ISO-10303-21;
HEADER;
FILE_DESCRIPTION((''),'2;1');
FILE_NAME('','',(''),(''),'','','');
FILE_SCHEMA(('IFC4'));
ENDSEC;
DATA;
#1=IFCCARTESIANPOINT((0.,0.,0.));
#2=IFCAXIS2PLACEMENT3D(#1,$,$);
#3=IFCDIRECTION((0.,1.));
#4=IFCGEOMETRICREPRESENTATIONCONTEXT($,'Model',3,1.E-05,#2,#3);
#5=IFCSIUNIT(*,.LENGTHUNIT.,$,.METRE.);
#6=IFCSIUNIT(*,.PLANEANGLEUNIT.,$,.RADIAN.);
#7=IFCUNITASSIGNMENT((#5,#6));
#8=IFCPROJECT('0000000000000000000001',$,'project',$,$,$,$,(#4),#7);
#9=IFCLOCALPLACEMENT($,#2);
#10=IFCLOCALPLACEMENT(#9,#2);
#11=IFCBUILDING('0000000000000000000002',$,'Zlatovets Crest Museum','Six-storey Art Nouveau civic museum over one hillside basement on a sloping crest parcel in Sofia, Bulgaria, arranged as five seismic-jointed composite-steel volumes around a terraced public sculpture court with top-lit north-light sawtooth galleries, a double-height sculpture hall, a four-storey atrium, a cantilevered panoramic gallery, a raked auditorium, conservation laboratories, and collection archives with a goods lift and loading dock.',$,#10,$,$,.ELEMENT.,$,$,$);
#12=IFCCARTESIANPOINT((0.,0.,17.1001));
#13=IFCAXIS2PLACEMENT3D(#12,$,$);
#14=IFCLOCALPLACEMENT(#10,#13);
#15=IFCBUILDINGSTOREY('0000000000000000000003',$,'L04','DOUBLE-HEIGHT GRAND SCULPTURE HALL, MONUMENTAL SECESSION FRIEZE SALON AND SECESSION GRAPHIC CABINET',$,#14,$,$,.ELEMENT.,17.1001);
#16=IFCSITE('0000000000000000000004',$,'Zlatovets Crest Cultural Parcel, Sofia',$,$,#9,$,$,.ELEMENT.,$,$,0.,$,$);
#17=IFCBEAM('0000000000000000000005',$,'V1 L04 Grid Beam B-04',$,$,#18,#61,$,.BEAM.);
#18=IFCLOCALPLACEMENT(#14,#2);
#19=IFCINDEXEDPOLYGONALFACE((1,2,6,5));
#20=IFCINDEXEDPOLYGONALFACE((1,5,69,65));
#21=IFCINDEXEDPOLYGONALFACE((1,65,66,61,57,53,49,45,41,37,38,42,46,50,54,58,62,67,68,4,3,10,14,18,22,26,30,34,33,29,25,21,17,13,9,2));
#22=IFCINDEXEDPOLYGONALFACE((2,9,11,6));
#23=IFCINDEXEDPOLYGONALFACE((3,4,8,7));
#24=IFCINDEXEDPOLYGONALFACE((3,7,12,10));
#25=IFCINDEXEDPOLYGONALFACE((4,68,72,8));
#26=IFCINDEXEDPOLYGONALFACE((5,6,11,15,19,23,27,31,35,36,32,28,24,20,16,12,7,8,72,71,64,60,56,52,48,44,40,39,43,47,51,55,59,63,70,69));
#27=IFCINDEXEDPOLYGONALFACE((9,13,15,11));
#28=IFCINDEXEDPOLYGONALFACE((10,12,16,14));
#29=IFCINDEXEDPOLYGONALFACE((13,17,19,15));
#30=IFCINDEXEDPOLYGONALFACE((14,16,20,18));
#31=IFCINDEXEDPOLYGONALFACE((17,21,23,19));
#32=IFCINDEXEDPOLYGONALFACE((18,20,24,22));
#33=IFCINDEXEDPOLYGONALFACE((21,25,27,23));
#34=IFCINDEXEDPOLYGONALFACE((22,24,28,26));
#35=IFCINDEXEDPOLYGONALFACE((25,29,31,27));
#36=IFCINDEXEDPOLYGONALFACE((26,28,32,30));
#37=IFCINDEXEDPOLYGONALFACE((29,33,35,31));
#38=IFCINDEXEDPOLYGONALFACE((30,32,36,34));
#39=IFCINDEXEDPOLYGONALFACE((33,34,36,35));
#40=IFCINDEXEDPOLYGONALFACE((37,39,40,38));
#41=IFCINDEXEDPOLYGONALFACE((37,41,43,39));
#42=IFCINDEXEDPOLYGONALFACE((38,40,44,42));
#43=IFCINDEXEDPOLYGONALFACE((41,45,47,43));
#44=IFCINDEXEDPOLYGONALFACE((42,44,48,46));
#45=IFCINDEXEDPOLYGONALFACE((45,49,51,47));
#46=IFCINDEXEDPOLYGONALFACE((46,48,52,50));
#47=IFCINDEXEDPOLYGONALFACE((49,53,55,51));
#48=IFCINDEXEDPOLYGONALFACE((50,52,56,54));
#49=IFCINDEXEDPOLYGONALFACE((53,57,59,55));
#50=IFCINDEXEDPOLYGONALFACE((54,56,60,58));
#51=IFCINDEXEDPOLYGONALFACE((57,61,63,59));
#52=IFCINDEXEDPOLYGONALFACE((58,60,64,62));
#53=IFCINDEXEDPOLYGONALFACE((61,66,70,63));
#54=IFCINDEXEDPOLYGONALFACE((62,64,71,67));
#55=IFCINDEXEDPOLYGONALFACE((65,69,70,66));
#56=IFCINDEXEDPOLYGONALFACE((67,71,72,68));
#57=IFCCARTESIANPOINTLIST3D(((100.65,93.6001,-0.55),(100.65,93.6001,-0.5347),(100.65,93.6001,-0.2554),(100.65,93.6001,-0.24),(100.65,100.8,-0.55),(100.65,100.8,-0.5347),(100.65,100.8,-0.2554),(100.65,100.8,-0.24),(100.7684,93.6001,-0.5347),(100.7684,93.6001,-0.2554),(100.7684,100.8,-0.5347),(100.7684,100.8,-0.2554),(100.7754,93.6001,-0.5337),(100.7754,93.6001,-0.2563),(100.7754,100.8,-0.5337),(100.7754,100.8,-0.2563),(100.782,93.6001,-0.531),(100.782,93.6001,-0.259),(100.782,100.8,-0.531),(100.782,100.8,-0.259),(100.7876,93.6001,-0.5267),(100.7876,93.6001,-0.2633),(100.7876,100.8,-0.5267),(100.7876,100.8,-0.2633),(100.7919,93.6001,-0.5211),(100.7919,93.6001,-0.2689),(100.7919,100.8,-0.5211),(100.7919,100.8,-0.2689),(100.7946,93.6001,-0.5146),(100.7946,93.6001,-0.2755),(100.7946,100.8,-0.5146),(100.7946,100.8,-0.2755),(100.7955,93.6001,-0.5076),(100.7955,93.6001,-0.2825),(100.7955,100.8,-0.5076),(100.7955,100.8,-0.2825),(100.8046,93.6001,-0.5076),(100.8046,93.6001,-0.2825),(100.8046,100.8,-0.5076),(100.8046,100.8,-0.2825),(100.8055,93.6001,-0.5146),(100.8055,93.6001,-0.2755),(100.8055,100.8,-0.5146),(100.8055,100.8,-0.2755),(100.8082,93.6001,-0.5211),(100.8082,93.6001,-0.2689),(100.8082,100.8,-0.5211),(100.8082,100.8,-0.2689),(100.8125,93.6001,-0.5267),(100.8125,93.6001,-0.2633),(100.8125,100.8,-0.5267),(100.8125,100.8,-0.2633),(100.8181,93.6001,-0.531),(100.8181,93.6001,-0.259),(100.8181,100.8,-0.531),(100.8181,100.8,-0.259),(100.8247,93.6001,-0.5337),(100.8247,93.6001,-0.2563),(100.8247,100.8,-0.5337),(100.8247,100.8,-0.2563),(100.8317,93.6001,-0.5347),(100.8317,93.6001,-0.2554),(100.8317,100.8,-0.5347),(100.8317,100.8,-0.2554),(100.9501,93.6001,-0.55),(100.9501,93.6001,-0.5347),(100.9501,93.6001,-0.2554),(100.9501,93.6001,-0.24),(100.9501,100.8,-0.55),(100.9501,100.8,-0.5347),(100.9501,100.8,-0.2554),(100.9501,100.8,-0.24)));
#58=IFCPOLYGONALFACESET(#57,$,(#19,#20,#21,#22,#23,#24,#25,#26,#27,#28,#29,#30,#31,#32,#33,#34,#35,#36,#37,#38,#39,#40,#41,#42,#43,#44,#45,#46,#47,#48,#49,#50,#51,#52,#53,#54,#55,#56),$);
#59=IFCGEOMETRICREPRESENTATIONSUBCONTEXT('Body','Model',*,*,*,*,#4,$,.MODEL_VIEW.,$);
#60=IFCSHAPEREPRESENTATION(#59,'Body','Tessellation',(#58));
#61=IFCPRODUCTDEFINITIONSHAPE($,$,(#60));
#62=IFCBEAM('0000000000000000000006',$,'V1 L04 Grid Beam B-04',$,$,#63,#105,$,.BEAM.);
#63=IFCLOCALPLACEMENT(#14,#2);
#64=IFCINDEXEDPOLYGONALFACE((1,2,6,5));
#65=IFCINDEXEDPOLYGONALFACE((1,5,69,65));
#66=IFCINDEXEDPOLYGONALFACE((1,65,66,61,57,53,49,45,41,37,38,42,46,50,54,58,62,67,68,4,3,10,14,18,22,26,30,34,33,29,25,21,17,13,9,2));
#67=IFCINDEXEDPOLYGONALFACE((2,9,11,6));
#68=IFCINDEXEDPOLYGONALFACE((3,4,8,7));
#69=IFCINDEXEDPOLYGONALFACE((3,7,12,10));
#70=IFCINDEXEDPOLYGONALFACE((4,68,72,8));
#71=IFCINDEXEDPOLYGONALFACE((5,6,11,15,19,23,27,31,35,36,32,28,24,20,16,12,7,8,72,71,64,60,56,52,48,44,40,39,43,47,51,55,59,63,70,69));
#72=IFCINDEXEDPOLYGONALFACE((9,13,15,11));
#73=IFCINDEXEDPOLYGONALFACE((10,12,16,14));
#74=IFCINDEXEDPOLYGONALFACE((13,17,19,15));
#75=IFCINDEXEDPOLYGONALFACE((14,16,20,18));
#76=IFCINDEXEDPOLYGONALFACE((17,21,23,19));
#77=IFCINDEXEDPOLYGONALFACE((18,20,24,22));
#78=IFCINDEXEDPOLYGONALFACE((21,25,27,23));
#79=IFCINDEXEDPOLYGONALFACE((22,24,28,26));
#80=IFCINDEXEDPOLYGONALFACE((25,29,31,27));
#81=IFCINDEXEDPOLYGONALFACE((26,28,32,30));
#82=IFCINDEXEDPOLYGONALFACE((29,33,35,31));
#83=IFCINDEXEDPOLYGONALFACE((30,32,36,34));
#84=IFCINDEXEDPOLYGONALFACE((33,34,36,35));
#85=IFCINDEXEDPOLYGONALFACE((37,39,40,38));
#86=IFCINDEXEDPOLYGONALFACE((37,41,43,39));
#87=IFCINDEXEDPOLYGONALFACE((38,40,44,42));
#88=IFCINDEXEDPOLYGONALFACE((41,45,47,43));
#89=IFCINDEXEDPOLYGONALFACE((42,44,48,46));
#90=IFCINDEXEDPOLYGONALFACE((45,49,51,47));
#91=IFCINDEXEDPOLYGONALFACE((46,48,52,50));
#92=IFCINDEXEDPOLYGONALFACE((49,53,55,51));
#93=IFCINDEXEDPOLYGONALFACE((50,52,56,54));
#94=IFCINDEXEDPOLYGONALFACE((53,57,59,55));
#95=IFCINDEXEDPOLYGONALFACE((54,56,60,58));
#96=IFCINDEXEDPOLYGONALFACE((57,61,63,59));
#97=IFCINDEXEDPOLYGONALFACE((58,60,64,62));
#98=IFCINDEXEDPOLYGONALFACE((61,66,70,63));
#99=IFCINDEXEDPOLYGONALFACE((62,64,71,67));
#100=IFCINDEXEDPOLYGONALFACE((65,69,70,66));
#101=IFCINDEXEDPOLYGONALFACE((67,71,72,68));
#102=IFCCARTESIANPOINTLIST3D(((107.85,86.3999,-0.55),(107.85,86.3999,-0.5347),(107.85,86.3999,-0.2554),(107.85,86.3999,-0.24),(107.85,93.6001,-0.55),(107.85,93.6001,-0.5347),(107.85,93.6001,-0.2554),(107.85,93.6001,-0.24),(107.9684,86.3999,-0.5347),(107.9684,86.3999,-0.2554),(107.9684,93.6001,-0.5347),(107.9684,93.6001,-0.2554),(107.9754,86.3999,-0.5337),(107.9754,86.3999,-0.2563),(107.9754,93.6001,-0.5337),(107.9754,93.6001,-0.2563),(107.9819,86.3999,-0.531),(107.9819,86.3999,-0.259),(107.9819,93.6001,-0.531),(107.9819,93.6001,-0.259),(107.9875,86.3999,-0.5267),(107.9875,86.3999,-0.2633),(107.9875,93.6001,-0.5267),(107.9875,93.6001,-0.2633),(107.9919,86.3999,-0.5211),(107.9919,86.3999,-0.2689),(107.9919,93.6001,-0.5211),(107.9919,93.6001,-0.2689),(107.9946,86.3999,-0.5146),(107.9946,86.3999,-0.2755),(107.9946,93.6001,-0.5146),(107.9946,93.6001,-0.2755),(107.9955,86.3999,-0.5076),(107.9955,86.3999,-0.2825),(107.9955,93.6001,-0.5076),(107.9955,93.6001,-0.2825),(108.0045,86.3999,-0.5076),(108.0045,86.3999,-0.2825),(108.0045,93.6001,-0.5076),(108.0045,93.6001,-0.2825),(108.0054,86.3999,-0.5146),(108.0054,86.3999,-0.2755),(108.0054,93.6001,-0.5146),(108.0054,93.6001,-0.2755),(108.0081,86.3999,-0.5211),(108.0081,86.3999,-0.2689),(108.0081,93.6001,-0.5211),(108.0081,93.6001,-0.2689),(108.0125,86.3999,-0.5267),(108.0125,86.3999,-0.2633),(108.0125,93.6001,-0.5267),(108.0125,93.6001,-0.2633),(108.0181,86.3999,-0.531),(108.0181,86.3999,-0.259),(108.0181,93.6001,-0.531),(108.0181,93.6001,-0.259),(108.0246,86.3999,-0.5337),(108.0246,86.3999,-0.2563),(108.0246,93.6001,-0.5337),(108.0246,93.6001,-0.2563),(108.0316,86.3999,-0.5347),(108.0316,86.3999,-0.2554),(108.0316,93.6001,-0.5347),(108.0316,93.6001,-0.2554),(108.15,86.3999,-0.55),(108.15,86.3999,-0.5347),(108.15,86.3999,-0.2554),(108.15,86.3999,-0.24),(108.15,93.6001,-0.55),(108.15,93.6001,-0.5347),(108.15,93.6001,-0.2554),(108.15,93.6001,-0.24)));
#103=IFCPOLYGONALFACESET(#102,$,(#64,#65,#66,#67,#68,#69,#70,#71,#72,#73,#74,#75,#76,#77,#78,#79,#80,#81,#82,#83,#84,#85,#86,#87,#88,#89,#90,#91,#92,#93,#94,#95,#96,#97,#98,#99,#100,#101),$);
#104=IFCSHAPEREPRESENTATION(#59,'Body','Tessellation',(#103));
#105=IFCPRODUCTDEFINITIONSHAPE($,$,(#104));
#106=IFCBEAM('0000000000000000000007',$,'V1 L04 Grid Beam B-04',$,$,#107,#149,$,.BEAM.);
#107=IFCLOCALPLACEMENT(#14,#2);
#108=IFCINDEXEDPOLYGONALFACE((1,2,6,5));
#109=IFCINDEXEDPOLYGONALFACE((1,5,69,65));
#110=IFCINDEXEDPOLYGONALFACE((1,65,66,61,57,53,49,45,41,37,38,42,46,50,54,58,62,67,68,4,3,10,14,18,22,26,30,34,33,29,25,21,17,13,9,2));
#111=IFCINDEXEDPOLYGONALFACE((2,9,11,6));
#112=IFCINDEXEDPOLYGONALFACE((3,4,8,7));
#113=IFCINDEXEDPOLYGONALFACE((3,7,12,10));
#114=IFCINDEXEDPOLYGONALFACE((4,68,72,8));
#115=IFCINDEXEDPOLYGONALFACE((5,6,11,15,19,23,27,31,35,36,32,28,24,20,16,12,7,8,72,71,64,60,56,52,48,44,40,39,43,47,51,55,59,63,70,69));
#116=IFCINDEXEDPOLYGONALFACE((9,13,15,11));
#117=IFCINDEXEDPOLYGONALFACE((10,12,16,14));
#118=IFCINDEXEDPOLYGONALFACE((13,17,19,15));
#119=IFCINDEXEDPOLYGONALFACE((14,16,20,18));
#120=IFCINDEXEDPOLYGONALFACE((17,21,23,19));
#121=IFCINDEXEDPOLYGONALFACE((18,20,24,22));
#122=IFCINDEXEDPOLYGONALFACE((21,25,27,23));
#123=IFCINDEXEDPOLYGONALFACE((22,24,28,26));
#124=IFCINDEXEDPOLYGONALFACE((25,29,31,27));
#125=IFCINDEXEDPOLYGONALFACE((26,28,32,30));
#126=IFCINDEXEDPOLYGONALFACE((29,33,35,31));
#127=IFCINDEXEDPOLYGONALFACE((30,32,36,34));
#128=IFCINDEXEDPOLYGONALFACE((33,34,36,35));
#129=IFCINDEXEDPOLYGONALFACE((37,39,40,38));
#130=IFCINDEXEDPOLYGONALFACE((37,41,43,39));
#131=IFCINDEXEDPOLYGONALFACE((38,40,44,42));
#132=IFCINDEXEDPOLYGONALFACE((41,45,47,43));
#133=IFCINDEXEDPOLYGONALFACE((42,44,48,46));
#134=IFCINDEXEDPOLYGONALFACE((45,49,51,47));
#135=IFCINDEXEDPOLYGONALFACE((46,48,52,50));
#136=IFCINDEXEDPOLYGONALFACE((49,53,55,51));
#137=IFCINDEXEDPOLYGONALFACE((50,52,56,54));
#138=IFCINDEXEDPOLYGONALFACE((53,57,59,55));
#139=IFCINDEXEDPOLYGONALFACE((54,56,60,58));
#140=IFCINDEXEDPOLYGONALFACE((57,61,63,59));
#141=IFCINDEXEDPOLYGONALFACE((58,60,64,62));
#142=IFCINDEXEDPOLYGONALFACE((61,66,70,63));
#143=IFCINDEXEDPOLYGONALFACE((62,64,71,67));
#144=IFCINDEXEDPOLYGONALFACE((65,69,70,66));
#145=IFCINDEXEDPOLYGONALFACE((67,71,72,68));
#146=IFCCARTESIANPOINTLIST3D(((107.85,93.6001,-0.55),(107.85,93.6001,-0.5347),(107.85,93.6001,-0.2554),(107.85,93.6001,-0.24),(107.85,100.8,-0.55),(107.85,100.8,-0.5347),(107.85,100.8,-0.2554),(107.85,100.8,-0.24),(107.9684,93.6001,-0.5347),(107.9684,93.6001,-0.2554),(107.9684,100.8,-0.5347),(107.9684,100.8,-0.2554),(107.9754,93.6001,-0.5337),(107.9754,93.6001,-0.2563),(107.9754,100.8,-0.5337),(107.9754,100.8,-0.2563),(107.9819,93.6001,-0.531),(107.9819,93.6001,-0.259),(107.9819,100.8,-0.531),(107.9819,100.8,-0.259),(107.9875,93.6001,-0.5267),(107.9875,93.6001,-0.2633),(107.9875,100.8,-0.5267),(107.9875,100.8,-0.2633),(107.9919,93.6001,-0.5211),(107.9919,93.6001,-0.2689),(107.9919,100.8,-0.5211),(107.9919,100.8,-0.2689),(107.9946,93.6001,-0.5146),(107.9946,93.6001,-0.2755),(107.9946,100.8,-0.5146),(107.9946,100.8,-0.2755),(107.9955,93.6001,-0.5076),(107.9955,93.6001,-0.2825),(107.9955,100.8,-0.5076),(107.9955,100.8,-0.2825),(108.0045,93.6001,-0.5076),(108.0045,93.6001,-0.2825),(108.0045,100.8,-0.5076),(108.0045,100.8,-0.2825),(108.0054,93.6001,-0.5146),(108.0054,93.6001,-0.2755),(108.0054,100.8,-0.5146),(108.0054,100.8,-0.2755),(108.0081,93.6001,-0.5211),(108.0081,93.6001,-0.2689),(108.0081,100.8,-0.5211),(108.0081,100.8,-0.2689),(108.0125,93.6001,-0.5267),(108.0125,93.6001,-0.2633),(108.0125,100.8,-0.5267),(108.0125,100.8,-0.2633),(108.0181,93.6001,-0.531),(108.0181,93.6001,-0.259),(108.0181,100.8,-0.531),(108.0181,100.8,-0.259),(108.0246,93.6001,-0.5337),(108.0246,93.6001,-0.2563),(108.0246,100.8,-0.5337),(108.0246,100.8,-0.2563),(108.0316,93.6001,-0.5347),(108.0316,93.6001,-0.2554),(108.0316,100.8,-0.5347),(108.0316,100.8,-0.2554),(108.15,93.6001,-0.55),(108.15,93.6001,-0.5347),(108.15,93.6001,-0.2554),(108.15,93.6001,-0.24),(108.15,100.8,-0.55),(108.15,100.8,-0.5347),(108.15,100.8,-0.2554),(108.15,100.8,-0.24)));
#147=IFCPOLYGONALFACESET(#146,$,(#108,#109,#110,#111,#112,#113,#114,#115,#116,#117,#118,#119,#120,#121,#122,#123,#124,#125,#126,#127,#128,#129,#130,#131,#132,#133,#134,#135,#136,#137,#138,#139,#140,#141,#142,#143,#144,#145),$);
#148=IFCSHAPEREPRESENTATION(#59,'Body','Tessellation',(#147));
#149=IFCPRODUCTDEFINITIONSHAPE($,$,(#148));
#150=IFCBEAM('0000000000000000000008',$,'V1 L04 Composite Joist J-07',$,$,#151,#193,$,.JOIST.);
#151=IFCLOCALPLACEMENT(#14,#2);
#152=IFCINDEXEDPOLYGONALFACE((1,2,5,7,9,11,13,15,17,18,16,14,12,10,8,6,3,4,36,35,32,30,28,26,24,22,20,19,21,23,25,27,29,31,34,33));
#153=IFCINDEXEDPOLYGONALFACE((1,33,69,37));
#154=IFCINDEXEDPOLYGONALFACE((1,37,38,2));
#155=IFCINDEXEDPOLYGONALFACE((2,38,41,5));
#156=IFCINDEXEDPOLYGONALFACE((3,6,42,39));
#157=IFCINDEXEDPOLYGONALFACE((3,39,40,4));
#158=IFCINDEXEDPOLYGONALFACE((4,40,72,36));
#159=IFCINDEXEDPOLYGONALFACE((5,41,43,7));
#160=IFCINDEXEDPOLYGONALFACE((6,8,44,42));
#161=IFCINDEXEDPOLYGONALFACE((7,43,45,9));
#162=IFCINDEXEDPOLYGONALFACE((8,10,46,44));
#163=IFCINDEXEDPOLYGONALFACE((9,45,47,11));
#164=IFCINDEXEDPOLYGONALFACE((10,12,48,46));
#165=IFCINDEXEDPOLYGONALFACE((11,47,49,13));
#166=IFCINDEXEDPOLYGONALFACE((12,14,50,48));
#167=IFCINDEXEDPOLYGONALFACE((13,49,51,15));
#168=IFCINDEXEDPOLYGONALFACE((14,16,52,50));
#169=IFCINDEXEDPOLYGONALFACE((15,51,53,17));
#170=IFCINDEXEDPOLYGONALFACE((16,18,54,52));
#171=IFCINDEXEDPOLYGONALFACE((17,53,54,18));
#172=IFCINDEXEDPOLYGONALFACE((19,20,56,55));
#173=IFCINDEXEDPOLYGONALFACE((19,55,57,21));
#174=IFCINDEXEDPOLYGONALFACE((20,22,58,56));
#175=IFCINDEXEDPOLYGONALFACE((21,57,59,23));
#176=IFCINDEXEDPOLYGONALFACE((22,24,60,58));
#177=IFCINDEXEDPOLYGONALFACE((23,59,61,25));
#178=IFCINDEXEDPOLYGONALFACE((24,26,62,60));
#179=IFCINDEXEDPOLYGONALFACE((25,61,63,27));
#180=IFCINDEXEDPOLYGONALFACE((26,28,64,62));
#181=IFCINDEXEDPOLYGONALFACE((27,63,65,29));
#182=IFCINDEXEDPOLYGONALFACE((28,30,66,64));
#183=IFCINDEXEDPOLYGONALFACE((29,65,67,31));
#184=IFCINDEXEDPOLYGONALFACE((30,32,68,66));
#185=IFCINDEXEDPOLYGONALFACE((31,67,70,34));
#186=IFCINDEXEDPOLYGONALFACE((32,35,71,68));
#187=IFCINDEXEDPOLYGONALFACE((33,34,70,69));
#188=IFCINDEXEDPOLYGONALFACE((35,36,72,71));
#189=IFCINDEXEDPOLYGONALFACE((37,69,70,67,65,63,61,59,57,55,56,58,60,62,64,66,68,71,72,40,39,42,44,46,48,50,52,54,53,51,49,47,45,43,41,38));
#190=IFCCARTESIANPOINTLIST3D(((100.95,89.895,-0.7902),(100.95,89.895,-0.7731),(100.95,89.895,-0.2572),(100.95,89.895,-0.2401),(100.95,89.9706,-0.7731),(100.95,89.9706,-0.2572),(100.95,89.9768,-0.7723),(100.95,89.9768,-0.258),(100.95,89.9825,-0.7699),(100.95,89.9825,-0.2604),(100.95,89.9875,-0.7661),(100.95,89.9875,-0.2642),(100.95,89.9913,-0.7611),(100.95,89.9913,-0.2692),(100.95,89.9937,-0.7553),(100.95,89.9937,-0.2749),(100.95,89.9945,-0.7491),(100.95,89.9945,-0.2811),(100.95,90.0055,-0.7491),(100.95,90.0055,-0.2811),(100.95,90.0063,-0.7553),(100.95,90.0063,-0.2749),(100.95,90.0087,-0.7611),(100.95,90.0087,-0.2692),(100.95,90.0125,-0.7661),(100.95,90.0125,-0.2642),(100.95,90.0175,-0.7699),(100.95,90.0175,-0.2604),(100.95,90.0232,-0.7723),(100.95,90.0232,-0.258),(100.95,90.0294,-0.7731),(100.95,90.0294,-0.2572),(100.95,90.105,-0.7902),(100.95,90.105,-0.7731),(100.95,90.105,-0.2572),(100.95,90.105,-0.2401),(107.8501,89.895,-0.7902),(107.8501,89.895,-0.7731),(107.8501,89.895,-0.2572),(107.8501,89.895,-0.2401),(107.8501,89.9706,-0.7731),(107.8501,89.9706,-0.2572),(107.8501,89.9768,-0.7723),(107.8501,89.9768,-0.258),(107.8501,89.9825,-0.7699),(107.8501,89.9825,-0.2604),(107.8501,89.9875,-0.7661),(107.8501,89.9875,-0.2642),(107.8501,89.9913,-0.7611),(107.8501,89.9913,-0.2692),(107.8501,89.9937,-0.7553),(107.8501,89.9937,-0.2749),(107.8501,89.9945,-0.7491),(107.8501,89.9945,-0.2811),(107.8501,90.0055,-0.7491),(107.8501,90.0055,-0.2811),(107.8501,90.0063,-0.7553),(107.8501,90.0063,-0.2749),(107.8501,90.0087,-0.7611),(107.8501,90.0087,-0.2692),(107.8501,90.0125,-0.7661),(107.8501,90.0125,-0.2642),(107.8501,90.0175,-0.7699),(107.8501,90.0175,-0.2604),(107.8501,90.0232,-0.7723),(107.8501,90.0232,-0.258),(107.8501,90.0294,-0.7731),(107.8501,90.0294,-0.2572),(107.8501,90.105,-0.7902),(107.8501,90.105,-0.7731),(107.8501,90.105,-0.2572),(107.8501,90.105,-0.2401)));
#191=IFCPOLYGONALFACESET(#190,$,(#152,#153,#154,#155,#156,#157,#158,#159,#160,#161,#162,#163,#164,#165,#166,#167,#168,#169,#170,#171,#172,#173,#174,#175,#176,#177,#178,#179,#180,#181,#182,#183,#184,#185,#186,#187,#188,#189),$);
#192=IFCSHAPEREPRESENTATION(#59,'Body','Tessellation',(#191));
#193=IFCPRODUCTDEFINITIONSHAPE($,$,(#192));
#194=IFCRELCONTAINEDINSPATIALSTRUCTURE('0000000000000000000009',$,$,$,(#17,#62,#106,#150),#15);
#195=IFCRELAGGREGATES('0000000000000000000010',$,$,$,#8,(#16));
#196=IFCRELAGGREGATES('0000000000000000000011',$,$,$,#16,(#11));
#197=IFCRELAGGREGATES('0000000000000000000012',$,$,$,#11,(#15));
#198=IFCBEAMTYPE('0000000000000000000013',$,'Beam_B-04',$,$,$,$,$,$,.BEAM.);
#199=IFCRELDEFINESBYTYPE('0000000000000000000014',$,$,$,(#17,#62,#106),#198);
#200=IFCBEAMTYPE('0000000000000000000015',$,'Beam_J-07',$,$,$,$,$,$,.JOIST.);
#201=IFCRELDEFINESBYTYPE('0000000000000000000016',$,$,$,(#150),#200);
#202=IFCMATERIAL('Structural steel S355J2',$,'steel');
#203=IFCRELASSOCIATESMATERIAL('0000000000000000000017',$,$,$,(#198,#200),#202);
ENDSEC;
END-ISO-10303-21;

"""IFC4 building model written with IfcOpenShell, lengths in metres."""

from ifc_helpers import new_model, si_unit, direction, frame, origin, origin_2d, place, context, subcontext, project, spatial, i_section, extrude, material, material_profile, profile_set, type_object, element, save


model = new_model("IFC4")

# Units and contexts
model_context = context("Model", 3, precision=1e-05, world=origin(), true_north=direction((0.0, 1.0)))
body_context = subcontext(model_context, "Body", "Model", "MODEL_VIEW")
ifc_project = project(units=[si_unit("LENGTHUNIT", "METRE"), si_unit("PLANEANGLEUNIT", "RADIAN")], contexts=[model_context])

# Site, building, storey
site_placement = place(None, origin())
site = spatial("IfcSite", under=ifc_project, at=site_placement, Name="Zlatovets Crest Cultural Parcel, Sofia", CompositionType="ELEMENT", RefElevation=0.0)
building_placement = place(site_placement, origin())
building = spatial("IfcBuilding", under=site, at=building_placement, Name="Zlatovets Crest Museum", Description="Six-storey Art Nouveau civic museum over one hillside basement on a sloping crest parcel in Sofia, Bulgaria, arranged as five seismic-jointed composite-steel volumes around a terraced public sculpture court with top-lit north-light sawtooth galleries, a double-height sculpture hall, a four-storey atrium, a cantilevered panoramic gallery, a raked auditorium, conservation laboratories, and collection archives with a goods lift and loading dock.", CompositionType="ELEMENT")
storey_placement = place(building_placement, frame((0.0, 0.0, 17.1001)))
storey = spatial("IfcBuildingStorey", under=building, at=storey_placement, Name="L04", Description="DOUBLE-HEIGHT GRAND SCULPTURE HALL, MONUMENTAL SECESSION FRIEZE SALON AND SECESSION GRAPHIC CABINET", CompositionType="ELEMENT", Elevation=17.1001)

# Shared definitions
ifc_material_1 = material(Name="Structural steel S355J2", Category="steel")

# Beams
ifc_material_profile_1 = material_profile(ifc_material_1, i_section(OverallWidth=0.3, OverallDepth=0.3101, WebThickness=0.009, FlangeThickness=0.0154, FilletRadius=0.0271, at=origin_2d()), Name="HEA 320")
ifc_profile_set_1 = profile_set([ifc_material_profile_1], Name="Structural steel S355J2")
beam_type_1 = type_object("IfcBeamType", Name="Beam_B-04", PredefinedType="BEAM", material=ifc_profile_set_1)
beam_1_placement = place(storey_placement, frame((100.8, 93.6001, -0.395), z_axis=(0.0, 1.0, 0.0), x_axis=(-1.0, 0.0, 0.0)))
element("IfcBeam", 1, at=beam_1_placement, inside=storey, type_object=beam_type_1, Name="V1 L04 Grid Beam B-04", PredefinedType="BEAM", context=body_context, shape_type="SweptSolid", body=[
    extrude(i_section(OverallWidth=0.3, OverallDepth=0.3101, WebThickness=0.009, FlangeThickness=0.0154, FilletRadius=0.0271, at=origin_2d()), origin(), (0.0, 0.0, 1.0), 7.2),
])
beam_2_placement = place(storey_placement, frame((108.0, 86.3999, -0.395), z_axis=(0.0, 1.0, 0.0), x_axis=(-1.0, 0.0, 0.0)))
element("IfcBeam", 2, at=beam_2_placement, inside=storey, type_object=beam_type_1, Name="V1 L04 Grid Beam B-04", PredefinedType="BEAM", context=body_context, shape_type="SweptSolid", body=[
    extrude(i_section(OverallWidth=0.3, OverallDepth=0.3101, WebThickness=0.009, FlangeThickness=0.0154, FilletRadius=0.0271, at=origin_2d()), origin(), (0.0, 0.0, 1.0), 7.2002),
])
beam_3_placement = place(storey_placement, frame((108.0, 93.6001, -0.395), z_axis=(0.0, 1.0, 0.0), x_axis=(-1.0, 0.0, 0.0)))
element("IfcBeam", 3, at=beam_3_placement, inside=storey, type_object=beam_type_1, Name="V1 L04 Grid Beam B-04", PredefinedType="BEAM", context=body_context, shape_type="SweptSolid", body=[
    extrude(i_section(OverallWidth=0.3, OverallDepth=0.3101, WebThickness=0.009, FlangeThickness=0.0154, FilletRadius=0.0271, at=origin_2d()), origin(), (0.0, 0.0, 1.0), 7.2),
])
ifc_material_profile_2 = material_profile(ifc_material_1, i_section(OverallWidth=0.21, OverallDepth=0.55, WebThickness=0.011, FlangeThickness=0.0171, FilletRadius=0.0239, at=origin_2d()), Name="IPE 550")
ifc_profile_set_2 = profile_set([ifc_material_profile_2], Name="Structural steel S355J2")
beam_type_2 = type_object("IfcBeamType", Name="Beam_J-07", PredefinedType="JOIST", material=ifc_profile_set_2)
beam_4_placement = place(storey_placement, frame((100.95, 90.0, -0.5151), z_axis=(1.0, 0.0, 0.0), x_axis=(0.0, 1.0, 0.0)))
element("IfcBeam", 4, at=beam_4_placement, inside=storey, type_object=beam_type_2, Name="V1 L04 Composite Joist J-07", PredefinedType="JOIST", context=body_context, shape_type="SweptSolid", body=[
    extrude(i_section(OverallWidth=0.21, OverallDepth=0.55, WebThickness=0.011, FlangeThickness=0.0171, FilletRadius=0.0239, at=origin_2d()), origin(), (0.0, 0.0, 1.0), 6.9001),
])

save(model, "model.ifc")
